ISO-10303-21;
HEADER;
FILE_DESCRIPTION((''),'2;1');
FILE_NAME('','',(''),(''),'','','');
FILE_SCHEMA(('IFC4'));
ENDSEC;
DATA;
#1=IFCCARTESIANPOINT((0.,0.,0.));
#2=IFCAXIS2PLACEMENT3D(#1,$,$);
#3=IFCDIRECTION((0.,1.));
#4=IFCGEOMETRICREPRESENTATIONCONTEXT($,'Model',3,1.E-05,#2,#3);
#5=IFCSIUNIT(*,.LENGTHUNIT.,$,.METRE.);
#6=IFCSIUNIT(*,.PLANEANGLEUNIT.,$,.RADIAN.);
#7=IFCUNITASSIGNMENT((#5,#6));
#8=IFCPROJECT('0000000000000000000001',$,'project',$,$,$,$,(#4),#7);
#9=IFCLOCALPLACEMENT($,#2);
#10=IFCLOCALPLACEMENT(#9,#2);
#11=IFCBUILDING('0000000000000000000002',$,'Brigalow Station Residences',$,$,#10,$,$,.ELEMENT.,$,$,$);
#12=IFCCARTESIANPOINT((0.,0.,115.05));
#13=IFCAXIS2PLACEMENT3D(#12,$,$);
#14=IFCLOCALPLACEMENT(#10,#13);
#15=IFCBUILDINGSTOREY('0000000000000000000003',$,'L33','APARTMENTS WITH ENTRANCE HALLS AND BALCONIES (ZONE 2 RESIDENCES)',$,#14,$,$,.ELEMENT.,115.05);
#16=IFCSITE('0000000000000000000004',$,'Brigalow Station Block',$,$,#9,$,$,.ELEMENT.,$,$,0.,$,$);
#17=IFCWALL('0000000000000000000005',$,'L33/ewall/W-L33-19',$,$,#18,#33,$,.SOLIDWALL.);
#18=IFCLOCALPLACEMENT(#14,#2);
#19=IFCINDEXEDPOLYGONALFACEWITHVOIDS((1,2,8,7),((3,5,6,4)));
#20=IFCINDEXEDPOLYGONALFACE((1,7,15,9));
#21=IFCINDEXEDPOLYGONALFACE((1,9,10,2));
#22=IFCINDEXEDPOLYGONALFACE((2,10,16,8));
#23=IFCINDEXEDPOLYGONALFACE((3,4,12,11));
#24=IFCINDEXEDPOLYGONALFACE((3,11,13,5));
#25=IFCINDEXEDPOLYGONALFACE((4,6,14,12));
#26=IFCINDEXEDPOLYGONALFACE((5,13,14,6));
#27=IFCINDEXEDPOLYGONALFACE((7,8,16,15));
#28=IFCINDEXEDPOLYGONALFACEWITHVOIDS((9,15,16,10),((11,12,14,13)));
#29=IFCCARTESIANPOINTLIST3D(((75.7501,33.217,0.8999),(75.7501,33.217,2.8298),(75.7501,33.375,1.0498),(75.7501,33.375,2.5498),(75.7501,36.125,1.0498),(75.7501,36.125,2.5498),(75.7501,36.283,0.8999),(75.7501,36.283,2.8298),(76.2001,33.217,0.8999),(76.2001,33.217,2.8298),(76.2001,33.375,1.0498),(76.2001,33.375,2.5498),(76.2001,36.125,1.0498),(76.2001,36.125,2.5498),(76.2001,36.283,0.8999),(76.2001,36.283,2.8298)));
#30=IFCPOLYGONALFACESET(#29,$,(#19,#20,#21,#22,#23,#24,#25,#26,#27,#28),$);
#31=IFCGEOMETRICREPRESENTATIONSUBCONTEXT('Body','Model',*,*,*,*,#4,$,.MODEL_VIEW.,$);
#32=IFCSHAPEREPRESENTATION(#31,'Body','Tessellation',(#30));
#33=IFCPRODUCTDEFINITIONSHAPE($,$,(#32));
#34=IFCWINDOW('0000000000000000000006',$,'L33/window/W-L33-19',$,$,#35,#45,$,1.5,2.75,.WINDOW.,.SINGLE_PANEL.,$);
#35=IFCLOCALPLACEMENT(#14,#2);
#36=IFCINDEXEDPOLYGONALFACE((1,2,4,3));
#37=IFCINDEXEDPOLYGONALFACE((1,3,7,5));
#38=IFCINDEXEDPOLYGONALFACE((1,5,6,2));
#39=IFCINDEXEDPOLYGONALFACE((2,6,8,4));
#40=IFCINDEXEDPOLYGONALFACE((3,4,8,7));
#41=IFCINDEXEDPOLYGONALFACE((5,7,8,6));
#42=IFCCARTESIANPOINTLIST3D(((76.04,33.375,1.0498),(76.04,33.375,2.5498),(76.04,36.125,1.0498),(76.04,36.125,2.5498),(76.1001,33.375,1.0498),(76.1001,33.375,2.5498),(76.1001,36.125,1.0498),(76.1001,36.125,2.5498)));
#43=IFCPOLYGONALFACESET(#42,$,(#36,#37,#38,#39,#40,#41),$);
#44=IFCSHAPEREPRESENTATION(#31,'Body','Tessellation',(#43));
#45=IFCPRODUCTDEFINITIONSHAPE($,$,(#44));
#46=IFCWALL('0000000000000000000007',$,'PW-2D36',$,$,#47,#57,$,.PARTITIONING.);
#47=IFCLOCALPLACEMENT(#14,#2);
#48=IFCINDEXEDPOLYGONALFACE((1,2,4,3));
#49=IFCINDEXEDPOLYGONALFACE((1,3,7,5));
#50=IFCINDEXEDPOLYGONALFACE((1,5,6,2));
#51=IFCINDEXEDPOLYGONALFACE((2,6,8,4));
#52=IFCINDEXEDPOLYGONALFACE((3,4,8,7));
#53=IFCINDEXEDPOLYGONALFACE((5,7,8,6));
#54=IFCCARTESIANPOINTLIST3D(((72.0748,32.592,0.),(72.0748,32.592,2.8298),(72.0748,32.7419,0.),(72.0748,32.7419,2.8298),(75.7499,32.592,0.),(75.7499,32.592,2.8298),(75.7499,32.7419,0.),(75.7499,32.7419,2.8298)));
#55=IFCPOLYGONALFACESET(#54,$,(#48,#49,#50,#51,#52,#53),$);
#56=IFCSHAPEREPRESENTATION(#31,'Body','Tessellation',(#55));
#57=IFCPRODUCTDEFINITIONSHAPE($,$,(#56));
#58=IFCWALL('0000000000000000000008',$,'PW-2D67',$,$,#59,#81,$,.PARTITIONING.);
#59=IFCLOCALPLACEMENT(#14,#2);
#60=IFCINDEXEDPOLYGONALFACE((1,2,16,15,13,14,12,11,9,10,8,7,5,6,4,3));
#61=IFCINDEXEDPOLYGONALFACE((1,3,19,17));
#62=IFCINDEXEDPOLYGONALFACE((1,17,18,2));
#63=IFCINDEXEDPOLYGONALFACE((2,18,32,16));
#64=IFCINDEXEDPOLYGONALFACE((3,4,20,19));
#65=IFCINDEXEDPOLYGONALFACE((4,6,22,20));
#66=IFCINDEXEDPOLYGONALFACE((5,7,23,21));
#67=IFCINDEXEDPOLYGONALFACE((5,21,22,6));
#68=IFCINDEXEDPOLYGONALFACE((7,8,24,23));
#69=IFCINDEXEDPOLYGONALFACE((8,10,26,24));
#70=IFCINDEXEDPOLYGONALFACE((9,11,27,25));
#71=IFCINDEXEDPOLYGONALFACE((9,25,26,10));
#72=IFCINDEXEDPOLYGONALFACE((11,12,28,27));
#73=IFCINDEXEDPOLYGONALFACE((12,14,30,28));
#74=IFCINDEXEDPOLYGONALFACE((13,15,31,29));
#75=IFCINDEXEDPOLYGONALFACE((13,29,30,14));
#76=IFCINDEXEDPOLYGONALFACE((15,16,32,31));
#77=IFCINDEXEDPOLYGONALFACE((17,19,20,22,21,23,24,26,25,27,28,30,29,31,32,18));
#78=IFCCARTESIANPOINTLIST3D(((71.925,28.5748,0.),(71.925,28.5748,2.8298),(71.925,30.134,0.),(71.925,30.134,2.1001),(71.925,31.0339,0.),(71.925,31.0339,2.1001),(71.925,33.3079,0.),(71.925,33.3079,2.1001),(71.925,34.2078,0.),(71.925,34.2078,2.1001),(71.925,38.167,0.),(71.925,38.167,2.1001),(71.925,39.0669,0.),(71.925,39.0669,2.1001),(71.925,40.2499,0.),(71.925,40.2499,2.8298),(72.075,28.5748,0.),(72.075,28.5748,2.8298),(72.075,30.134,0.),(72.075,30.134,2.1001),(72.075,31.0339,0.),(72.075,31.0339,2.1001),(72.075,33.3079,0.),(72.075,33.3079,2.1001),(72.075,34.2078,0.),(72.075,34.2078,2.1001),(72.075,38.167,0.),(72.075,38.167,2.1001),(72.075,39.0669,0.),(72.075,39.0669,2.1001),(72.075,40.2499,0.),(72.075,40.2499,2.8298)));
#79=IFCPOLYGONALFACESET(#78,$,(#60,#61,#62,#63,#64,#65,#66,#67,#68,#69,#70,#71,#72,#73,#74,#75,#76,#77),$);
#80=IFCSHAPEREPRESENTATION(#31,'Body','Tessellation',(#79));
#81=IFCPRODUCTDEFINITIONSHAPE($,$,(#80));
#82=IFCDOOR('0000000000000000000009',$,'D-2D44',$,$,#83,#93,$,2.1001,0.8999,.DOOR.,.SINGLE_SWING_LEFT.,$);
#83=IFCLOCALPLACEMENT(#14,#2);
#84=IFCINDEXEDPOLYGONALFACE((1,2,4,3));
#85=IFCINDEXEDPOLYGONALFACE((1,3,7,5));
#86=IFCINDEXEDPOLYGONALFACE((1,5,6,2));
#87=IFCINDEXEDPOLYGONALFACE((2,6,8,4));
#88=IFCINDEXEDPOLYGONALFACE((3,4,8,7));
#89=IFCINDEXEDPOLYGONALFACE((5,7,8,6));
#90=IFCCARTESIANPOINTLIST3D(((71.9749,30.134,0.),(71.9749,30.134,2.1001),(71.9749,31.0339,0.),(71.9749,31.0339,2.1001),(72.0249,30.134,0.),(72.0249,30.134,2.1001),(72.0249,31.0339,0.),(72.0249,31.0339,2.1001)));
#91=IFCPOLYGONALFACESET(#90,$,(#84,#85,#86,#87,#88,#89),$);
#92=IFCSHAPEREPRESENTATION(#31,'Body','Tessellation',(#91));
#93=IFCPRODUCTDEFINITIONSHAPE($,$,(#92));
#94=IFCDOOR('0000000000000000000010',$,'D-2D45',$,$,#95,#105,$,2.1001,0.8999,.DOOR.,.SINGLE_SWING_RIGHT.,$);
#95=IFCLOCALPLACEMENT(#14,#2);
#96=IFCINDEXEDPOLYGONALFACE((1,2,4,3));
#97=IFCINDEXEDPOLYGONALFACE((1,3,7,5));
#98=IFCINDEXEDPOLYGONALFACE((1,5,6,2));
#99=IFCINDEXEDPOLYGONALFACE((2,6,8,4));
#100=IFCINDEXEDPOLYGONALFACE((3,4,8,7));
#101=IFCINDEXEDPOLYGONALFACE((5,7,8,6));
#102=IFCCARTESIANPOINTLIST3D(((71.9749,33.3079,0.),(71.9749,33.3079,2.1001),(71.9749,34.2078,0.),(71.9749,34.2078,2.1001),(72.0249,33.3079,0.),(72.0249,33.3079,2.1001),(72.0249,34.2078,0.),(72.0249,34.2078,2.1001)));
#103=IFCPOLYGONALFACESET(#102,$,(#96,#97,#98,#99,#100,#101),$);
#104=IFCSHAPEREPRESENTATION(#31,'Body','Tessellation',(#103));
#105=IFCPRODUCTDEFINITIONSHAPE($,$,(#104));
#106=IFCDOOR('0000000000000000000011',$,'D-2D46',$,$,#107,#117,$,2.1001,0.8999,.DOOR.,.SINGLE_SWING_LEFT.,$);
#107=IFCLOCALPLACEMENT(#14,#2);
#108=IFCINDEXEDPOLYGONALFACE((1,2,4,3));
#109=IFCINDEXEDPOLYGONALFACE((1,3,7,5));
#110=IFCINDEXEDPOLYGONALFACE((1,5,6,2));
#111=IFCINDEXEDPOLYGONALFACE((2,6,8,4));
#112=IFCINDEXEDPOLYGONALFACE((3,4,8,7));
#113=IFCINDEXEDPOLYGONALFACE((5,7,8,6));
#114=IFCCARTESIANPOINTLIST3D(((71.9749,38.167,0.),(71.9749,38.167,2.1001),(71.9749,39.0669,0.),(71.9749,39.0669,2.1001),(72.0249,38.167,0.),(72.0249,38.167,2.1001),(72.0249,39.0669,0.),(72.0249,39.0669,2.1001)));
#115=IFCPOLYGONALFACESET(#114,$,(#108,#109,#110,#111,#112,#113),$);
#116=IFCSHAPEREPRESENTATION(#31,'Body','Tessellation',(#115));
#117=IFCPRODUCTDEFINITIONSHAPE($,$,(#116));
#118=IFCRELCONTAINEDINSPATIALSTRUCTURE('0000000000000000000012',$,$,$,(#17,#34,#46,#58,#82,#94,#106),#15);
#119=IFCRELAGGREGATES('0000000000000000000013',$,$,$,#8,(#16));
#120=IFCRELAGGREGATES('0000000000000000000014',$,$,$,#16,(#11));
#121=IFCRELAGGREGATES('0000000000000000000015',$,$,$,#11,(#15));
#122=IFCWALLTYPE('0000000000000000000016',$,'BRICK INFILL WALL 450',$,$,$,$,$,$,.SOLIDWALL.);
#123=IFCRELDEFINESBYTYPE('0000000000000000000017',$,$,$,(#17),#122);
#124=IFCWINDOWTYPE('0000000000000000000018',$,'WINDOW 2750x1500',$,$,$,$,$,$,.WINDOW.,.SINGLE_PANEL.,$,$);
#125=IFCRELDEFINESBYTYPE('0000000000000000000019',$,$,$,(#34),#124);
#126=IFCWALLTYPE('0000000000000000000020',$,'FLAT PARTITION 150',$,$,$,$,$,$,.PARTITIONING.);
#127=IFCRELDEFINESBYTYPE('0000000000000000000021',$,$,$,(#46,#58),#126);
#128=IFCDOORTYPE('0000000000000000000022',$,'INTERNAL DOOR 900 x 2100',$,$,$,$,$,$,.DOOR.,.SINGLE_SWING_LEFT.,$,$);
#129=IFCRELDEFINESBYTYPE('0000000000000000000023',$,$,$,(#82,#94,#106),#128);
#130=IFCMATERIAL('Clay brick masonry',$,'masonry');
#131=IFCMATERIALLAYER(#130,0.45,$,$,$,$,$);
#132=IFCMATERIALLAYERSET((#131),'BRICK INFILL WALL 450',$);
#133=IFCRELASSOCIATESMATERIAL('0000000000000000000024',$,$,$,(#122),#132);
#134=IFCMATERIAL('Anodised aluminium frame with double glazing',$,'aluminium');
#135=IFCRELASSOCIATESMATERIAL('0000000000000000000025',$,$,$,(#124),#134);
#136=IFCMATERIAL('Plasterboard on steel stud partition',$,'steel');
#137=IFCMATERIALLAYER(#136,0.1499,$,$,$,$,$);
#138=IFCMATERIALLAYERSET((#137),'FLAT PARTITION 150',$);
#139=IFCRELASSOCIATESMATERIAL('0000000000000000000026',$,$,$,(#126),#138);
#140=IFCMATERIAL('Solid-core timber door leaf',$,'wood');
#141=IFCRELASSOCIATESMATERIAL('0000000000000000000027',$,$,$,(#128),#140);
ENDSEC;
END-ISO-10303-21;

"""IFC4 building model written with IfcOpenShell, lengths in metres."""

from ifc_helpers import new_model, si_unit, direction, frame, frame_2d, origin, place, context, subcontext, project, spatial, rectangle, extrude, material, layer, layer_set, type_object, element, fill, save


model = new_model("IFC4")

# Units and contexts
model_context = context("Model", 3, precision=1e-05, world=origin(), true_north=direction((0.0, 1.0)))
body_context = subcontext(model_context, "Body", "Model", "MODEL_VIEW")
ifc_project = project(units=[si_unit("LENGTHUNIT", "METRE"), si_unit("PLANEANGLEUNIT", "RADIAN")], contexts=[model_context])

# Site, building, storey
site_placement = place(None, origin())
site = spatial("IfcSite", under=ifc_project, at=site_placement, Name="Brigalow Station Block", CompositionType="ELEMENT", RefElevation=0.0)
building_placement = place(site_placement, origin())
building = spatial("IfcBuilding", under=site, at=building_placement, Name="Brigalow Station Residences", CompositionType="ELEMENT")
storey_placement = place(building_placement, frame((0.0, 0.0, 115.05)))
storey = spatial("IfcBuildingStorey", under=building, at=storey_placement, Name="L33", Description="APARTMENTS WITH ENTRANCE HALLS AND BALCONIES (ZONE 2 RESIDENCES)", CompositionType="ELEMENT", Elevation=115.05)

# Shared definitions
ifc_material_1 = material(Name="Clay brick masonry", Category="masonry")
ifc_layer_1 = layer(ifc_material_1, 0.45)
ifc_layer_set_1 = layer_set([ifc_layer_1], Name="BRICK INFILL WALL 450")
wall_type_1 = type_object("IfcWallType", Name="BRICK INFILL WALL 450", PredefinedType="SOLIDWALL", material=ifc_layer_set_1)

# Wall, opening, window
wall_1_placement = place(storey_placement, frame((75.9751, 33.217, 0.8999), z_axis=(0.0, 0.0, 1.0), x_axis=(0.0, 1.0, 0.0)))
wall_1 = element("IfcWall", 1, at=wall_1_placement, inside=storey, type_object=wall_type_1, Name="L33/ewall/W-L33-19", PredefinedType="SOLIDWALL", context=body_context, shape_type="SweptSolid", body=[
    extrude(rectangle(XDim=3.0659, YDim=0.45, at=frame_2d((1.533, 0.0))), origin(), (0.0, 0.0, 1.0), 1.9299),
])
opening_1_placement = place(wall_1_placement, frame((0.158, 0.0, 0.1499)))
opening_1 = element("IfcOpeningElement", 2, at=opening_1_placement, cuts=wall_1, PredefinedType="OPENING", context=body_context, shape_type="SweptSolid", body=[
    extrude(rectangle(XDim=2.75, YDim=1.5, at=frame_2d((1.375, 0.75))), frame((0.0, 0.2349, 0.0), z_axis=(0.0, -1.0, 0.0), x_axis=(1.0, 0.0, 0.0)), (0.0, 0.0, 1.0), 0.47),
])
ifc_material_2 = material(Name="Anodised aluminium frame with double glazing", Category="aluminium")
window_type_1 = type_object("IfcWindowType", Name="WINDOW 2750x1500", PartitioningType="SINGLE_PANEL", PredefinedType="WINDOW", material=ifc_material_2)
window_1_placement = place(opening_1_placement, origin())
window_1 = element("IfcWindow", 3, at=window_1_placement, inside=storey, type_object=window_type_1, Name="L33/window/W-L33-19", OverallHeight=1.5, OverallWidth=2.75, PartitioningType="SINGLE_PANEL", PredefinedType="WINDOW", context=body_context, shape_type="SweptSolid", body=[
    extrude(rectangle(XDim=2.75, YDim=1.5, at=frame_2d((1.375, 0.75))), frame((0.0, -0.0649, 0.0), z_axis=(0.0, -1.0, 0.0), x_axis=(1.0, 0.0, 0.0)), (0.0, 0.0, 1.0), 0.0601),
])
fill(opening_1, window_1)

# Wall
ifc_material_3 = material(Name="Plasterboard on steel stud partition", Category="steel")
ifc_layer_2 = layer(ifc_material_3, 0.1499)
ifc_layer_set_2 = layer_set([ifc_layer_2], Name="FLAT PARTITION 150")
wall_type_2 = type_object("IfcWallType", Name="FLAT PARTITION 150", PredefinedType="PARTITIONING", material=ifc_layer_set_2)
wall_2_placement = place(storey_placement, frame((72.075, 32.667, 0.0), z_axis=(0.0, 0.0, 1.0), x_axis=(1.0, 0.0, 0.0)))
element("IfcWall", 4, at=wall_2_placement, inside=storey, type_object=wall_type_2, Name="PW-2D36", PredefinedType="PARTITIONING", context=body_context, shape_type="SweptSolid", body=[
    extrude(rectangle(XDim=3.675, YDim=0.1499, at=frame_2d((1.8374, 0.0))), origin(), (0.0, 0.0, 1.0), 2.8298),
])

# Wall, openings, doors
wall_3_placement = place(storey_placement, frame((72.0, 28.575, 0.0), z_axis=(0.0, 0.0, 1.0), x_axis=(0.0, 1.0, 0.0)))
wall_3 = element("IfcWall", 5, at=wall_3_placement, inside=storey, type_object=wall_type_2, Name="PW-2D67", PredefinedType="PARTITIONING", context=body_context, shape_type="SweptSolid", body=[
    extrude(rectangle(XDim=11.675, YDim=0.1499, at=frame_2d((5.8374, 0.0))), origin(), (0.0, 0.0, 1.0), 2.8298),
])
opening_2_placement = place(wall_3_placement, frame((1.5591, 0.0, 0.0)))
opening_2 = element("IfcOpeningElement", 6, at=opening_2_placement, cuts=wall_3, PredefinedType="OPENING", context=body_context, shape_type="SweptSolid", body=[
    extrude(rectangle(XDim=0.8999, YDim=2.1001, at=frame_2d((0.45, 1.05))), frame((0.0, 0.085, 0.0), z_axis=(0.0, -1.0, 0.0), x_axis=(1.0, 0.0, 0.0)), (0.0, 0.0, 1.0), 0.1699),
])
opening_3_placement = place(wall_3_placement, frame((4.7329, 0.0, 0.0)))
opening_3 = element("IfcOpeningElement", 7, at=opening_3_placement, cuts=wall_3, PredefinedType="OPENING", context=body_context, shape_type="SweptSolid", body=[
    extrude(rectangle(XDim=0.8999, YDim=2.1001, at=frame_2d((0.45, 1.05))), frame((0.0, 0.085, 0.0), z_axis=(0.0, -1.0, 0.0), x_axis=(1.0, 0.0, 0.0)), (0.0, 0.0, 1.0), 0.1699),
])
opening_4_placement = place(wall_3_placement, frame((9.592, 0.0, 0.0)))
opening_4 = element("IfcOpeningElement", 8, at=opening_4_placement, cuts=wall_3, PredefinedType="OPENING", context=body_context, shape_type="SweptSolid", body=[
    extrude(rectangle(XDim=0.8999, YDim=2.1001, at=frame_2d((0.45, 1.05))), frame((0.0, 0.085, 0.0), z_axis=(0.0, -1.0, 0.0), x_axis=(1.0, 0.0, 0.0)), (0.0, 0.0, 1.0), 0.1699),
])
ifc_material_4 = material(Name="Solid-core timber door leaf", Category="wood")
door_type_1 = type_object("IfcDoorType", Name="INTERNAL DOOR 900 x 2100", OperationType="SINGLE_SWING_LEFT", PredefinedType="DOOR", material=ifc_material_4)
door_1_placement = place(opening_2_placement, frame((0.8999, 0.0, 0.0), z_axis=(0.0, 0.0, 1.0), x_axis=(-1.0, 0.0, 0.0)))
door_1 = element("IfcDoor", 9, at=door_1_placement, inside=storey, type_object=door_type_1, Name="D-2D44", OperationType="SINGLE_SWING_LEFT", OverallHeight=2.1001, OverallWidth=0.8999, PredefinedType="DOOR", context=body_context, shape_type="SweptSolid", body=[
    extrude(rectangle(XDim=0.8999, YDim=2.1001, at=frame_2d((0.45, 1.05))), frame((0.0, 0.0249, 0.0), z_axis=(0.0, -1.0, 0.0), x_axis=(1.0, 0.0, 0.0)), (0.0, 0.0, 1.0), 0.05),
])
fill(opening_2, door_1)
door_2_placement = place(opening_3_placement, frame((0.8999, 0.0, 0.0), z_axis=(0.0, 0.0, 1.0), x_axis=(-1.0, 0.0, 0.0)))
door_2 = element("IfcDoor", 10, at=door_2_placement, inside=storey, type_object=door_type_1, Name="D-2D45", OperationType="SINGLE_SWING_RIGHT", OverallHeight=2.1001, OverallWidth=0.8999, PredefinedType="DOOR", context=body_context, shape_type="SweptSolid", body=[
    extrude(rectangle(XDim=0.8999, YDim=2.1001, at=frame_2d((0.45, 1.05))), frame((0.0, 0.0249, 0.0), z_axis=(0.0, -1.0, 0.0), x_axis=(1.0, 0.0, 0.0)), (0.0, 0.0, 1.0), 0.05),
])
fill(opening_3, door_2)
door_3_placement = place(opening_4_placement, frame((0.8999, 0.0, 0.0), z_axis=(0.0, 0.0, 1.0), x_axis=(-1.0, 0.0, 0.0)))
door_3 = element("IfcDoor", 11, at=door_3_placement, inside=storey, type_object=door_type_1, Name="D-2D46", OperationType="SINGLE_SWING_LEFT", OverallHeight=2.1001, OverallWidth=0.8999, PredefinedType="DOOR", context=body_context, shape_type="SweptSolid", body=[
    extrude(rectangle(XDim=0.8999, YDim=2.1001, at=frame_2d((0.45, 1.05))), frame((0.0, 0.0249, 0.0), z_axis=(0.0, -1.0, 0.0), x_axis=(1.0, 0.0, 0.0)), (0.0, 0.0, 1.0), 0.05),
])
fill(opening_4, door_3)

save(model, "model.ifc")
